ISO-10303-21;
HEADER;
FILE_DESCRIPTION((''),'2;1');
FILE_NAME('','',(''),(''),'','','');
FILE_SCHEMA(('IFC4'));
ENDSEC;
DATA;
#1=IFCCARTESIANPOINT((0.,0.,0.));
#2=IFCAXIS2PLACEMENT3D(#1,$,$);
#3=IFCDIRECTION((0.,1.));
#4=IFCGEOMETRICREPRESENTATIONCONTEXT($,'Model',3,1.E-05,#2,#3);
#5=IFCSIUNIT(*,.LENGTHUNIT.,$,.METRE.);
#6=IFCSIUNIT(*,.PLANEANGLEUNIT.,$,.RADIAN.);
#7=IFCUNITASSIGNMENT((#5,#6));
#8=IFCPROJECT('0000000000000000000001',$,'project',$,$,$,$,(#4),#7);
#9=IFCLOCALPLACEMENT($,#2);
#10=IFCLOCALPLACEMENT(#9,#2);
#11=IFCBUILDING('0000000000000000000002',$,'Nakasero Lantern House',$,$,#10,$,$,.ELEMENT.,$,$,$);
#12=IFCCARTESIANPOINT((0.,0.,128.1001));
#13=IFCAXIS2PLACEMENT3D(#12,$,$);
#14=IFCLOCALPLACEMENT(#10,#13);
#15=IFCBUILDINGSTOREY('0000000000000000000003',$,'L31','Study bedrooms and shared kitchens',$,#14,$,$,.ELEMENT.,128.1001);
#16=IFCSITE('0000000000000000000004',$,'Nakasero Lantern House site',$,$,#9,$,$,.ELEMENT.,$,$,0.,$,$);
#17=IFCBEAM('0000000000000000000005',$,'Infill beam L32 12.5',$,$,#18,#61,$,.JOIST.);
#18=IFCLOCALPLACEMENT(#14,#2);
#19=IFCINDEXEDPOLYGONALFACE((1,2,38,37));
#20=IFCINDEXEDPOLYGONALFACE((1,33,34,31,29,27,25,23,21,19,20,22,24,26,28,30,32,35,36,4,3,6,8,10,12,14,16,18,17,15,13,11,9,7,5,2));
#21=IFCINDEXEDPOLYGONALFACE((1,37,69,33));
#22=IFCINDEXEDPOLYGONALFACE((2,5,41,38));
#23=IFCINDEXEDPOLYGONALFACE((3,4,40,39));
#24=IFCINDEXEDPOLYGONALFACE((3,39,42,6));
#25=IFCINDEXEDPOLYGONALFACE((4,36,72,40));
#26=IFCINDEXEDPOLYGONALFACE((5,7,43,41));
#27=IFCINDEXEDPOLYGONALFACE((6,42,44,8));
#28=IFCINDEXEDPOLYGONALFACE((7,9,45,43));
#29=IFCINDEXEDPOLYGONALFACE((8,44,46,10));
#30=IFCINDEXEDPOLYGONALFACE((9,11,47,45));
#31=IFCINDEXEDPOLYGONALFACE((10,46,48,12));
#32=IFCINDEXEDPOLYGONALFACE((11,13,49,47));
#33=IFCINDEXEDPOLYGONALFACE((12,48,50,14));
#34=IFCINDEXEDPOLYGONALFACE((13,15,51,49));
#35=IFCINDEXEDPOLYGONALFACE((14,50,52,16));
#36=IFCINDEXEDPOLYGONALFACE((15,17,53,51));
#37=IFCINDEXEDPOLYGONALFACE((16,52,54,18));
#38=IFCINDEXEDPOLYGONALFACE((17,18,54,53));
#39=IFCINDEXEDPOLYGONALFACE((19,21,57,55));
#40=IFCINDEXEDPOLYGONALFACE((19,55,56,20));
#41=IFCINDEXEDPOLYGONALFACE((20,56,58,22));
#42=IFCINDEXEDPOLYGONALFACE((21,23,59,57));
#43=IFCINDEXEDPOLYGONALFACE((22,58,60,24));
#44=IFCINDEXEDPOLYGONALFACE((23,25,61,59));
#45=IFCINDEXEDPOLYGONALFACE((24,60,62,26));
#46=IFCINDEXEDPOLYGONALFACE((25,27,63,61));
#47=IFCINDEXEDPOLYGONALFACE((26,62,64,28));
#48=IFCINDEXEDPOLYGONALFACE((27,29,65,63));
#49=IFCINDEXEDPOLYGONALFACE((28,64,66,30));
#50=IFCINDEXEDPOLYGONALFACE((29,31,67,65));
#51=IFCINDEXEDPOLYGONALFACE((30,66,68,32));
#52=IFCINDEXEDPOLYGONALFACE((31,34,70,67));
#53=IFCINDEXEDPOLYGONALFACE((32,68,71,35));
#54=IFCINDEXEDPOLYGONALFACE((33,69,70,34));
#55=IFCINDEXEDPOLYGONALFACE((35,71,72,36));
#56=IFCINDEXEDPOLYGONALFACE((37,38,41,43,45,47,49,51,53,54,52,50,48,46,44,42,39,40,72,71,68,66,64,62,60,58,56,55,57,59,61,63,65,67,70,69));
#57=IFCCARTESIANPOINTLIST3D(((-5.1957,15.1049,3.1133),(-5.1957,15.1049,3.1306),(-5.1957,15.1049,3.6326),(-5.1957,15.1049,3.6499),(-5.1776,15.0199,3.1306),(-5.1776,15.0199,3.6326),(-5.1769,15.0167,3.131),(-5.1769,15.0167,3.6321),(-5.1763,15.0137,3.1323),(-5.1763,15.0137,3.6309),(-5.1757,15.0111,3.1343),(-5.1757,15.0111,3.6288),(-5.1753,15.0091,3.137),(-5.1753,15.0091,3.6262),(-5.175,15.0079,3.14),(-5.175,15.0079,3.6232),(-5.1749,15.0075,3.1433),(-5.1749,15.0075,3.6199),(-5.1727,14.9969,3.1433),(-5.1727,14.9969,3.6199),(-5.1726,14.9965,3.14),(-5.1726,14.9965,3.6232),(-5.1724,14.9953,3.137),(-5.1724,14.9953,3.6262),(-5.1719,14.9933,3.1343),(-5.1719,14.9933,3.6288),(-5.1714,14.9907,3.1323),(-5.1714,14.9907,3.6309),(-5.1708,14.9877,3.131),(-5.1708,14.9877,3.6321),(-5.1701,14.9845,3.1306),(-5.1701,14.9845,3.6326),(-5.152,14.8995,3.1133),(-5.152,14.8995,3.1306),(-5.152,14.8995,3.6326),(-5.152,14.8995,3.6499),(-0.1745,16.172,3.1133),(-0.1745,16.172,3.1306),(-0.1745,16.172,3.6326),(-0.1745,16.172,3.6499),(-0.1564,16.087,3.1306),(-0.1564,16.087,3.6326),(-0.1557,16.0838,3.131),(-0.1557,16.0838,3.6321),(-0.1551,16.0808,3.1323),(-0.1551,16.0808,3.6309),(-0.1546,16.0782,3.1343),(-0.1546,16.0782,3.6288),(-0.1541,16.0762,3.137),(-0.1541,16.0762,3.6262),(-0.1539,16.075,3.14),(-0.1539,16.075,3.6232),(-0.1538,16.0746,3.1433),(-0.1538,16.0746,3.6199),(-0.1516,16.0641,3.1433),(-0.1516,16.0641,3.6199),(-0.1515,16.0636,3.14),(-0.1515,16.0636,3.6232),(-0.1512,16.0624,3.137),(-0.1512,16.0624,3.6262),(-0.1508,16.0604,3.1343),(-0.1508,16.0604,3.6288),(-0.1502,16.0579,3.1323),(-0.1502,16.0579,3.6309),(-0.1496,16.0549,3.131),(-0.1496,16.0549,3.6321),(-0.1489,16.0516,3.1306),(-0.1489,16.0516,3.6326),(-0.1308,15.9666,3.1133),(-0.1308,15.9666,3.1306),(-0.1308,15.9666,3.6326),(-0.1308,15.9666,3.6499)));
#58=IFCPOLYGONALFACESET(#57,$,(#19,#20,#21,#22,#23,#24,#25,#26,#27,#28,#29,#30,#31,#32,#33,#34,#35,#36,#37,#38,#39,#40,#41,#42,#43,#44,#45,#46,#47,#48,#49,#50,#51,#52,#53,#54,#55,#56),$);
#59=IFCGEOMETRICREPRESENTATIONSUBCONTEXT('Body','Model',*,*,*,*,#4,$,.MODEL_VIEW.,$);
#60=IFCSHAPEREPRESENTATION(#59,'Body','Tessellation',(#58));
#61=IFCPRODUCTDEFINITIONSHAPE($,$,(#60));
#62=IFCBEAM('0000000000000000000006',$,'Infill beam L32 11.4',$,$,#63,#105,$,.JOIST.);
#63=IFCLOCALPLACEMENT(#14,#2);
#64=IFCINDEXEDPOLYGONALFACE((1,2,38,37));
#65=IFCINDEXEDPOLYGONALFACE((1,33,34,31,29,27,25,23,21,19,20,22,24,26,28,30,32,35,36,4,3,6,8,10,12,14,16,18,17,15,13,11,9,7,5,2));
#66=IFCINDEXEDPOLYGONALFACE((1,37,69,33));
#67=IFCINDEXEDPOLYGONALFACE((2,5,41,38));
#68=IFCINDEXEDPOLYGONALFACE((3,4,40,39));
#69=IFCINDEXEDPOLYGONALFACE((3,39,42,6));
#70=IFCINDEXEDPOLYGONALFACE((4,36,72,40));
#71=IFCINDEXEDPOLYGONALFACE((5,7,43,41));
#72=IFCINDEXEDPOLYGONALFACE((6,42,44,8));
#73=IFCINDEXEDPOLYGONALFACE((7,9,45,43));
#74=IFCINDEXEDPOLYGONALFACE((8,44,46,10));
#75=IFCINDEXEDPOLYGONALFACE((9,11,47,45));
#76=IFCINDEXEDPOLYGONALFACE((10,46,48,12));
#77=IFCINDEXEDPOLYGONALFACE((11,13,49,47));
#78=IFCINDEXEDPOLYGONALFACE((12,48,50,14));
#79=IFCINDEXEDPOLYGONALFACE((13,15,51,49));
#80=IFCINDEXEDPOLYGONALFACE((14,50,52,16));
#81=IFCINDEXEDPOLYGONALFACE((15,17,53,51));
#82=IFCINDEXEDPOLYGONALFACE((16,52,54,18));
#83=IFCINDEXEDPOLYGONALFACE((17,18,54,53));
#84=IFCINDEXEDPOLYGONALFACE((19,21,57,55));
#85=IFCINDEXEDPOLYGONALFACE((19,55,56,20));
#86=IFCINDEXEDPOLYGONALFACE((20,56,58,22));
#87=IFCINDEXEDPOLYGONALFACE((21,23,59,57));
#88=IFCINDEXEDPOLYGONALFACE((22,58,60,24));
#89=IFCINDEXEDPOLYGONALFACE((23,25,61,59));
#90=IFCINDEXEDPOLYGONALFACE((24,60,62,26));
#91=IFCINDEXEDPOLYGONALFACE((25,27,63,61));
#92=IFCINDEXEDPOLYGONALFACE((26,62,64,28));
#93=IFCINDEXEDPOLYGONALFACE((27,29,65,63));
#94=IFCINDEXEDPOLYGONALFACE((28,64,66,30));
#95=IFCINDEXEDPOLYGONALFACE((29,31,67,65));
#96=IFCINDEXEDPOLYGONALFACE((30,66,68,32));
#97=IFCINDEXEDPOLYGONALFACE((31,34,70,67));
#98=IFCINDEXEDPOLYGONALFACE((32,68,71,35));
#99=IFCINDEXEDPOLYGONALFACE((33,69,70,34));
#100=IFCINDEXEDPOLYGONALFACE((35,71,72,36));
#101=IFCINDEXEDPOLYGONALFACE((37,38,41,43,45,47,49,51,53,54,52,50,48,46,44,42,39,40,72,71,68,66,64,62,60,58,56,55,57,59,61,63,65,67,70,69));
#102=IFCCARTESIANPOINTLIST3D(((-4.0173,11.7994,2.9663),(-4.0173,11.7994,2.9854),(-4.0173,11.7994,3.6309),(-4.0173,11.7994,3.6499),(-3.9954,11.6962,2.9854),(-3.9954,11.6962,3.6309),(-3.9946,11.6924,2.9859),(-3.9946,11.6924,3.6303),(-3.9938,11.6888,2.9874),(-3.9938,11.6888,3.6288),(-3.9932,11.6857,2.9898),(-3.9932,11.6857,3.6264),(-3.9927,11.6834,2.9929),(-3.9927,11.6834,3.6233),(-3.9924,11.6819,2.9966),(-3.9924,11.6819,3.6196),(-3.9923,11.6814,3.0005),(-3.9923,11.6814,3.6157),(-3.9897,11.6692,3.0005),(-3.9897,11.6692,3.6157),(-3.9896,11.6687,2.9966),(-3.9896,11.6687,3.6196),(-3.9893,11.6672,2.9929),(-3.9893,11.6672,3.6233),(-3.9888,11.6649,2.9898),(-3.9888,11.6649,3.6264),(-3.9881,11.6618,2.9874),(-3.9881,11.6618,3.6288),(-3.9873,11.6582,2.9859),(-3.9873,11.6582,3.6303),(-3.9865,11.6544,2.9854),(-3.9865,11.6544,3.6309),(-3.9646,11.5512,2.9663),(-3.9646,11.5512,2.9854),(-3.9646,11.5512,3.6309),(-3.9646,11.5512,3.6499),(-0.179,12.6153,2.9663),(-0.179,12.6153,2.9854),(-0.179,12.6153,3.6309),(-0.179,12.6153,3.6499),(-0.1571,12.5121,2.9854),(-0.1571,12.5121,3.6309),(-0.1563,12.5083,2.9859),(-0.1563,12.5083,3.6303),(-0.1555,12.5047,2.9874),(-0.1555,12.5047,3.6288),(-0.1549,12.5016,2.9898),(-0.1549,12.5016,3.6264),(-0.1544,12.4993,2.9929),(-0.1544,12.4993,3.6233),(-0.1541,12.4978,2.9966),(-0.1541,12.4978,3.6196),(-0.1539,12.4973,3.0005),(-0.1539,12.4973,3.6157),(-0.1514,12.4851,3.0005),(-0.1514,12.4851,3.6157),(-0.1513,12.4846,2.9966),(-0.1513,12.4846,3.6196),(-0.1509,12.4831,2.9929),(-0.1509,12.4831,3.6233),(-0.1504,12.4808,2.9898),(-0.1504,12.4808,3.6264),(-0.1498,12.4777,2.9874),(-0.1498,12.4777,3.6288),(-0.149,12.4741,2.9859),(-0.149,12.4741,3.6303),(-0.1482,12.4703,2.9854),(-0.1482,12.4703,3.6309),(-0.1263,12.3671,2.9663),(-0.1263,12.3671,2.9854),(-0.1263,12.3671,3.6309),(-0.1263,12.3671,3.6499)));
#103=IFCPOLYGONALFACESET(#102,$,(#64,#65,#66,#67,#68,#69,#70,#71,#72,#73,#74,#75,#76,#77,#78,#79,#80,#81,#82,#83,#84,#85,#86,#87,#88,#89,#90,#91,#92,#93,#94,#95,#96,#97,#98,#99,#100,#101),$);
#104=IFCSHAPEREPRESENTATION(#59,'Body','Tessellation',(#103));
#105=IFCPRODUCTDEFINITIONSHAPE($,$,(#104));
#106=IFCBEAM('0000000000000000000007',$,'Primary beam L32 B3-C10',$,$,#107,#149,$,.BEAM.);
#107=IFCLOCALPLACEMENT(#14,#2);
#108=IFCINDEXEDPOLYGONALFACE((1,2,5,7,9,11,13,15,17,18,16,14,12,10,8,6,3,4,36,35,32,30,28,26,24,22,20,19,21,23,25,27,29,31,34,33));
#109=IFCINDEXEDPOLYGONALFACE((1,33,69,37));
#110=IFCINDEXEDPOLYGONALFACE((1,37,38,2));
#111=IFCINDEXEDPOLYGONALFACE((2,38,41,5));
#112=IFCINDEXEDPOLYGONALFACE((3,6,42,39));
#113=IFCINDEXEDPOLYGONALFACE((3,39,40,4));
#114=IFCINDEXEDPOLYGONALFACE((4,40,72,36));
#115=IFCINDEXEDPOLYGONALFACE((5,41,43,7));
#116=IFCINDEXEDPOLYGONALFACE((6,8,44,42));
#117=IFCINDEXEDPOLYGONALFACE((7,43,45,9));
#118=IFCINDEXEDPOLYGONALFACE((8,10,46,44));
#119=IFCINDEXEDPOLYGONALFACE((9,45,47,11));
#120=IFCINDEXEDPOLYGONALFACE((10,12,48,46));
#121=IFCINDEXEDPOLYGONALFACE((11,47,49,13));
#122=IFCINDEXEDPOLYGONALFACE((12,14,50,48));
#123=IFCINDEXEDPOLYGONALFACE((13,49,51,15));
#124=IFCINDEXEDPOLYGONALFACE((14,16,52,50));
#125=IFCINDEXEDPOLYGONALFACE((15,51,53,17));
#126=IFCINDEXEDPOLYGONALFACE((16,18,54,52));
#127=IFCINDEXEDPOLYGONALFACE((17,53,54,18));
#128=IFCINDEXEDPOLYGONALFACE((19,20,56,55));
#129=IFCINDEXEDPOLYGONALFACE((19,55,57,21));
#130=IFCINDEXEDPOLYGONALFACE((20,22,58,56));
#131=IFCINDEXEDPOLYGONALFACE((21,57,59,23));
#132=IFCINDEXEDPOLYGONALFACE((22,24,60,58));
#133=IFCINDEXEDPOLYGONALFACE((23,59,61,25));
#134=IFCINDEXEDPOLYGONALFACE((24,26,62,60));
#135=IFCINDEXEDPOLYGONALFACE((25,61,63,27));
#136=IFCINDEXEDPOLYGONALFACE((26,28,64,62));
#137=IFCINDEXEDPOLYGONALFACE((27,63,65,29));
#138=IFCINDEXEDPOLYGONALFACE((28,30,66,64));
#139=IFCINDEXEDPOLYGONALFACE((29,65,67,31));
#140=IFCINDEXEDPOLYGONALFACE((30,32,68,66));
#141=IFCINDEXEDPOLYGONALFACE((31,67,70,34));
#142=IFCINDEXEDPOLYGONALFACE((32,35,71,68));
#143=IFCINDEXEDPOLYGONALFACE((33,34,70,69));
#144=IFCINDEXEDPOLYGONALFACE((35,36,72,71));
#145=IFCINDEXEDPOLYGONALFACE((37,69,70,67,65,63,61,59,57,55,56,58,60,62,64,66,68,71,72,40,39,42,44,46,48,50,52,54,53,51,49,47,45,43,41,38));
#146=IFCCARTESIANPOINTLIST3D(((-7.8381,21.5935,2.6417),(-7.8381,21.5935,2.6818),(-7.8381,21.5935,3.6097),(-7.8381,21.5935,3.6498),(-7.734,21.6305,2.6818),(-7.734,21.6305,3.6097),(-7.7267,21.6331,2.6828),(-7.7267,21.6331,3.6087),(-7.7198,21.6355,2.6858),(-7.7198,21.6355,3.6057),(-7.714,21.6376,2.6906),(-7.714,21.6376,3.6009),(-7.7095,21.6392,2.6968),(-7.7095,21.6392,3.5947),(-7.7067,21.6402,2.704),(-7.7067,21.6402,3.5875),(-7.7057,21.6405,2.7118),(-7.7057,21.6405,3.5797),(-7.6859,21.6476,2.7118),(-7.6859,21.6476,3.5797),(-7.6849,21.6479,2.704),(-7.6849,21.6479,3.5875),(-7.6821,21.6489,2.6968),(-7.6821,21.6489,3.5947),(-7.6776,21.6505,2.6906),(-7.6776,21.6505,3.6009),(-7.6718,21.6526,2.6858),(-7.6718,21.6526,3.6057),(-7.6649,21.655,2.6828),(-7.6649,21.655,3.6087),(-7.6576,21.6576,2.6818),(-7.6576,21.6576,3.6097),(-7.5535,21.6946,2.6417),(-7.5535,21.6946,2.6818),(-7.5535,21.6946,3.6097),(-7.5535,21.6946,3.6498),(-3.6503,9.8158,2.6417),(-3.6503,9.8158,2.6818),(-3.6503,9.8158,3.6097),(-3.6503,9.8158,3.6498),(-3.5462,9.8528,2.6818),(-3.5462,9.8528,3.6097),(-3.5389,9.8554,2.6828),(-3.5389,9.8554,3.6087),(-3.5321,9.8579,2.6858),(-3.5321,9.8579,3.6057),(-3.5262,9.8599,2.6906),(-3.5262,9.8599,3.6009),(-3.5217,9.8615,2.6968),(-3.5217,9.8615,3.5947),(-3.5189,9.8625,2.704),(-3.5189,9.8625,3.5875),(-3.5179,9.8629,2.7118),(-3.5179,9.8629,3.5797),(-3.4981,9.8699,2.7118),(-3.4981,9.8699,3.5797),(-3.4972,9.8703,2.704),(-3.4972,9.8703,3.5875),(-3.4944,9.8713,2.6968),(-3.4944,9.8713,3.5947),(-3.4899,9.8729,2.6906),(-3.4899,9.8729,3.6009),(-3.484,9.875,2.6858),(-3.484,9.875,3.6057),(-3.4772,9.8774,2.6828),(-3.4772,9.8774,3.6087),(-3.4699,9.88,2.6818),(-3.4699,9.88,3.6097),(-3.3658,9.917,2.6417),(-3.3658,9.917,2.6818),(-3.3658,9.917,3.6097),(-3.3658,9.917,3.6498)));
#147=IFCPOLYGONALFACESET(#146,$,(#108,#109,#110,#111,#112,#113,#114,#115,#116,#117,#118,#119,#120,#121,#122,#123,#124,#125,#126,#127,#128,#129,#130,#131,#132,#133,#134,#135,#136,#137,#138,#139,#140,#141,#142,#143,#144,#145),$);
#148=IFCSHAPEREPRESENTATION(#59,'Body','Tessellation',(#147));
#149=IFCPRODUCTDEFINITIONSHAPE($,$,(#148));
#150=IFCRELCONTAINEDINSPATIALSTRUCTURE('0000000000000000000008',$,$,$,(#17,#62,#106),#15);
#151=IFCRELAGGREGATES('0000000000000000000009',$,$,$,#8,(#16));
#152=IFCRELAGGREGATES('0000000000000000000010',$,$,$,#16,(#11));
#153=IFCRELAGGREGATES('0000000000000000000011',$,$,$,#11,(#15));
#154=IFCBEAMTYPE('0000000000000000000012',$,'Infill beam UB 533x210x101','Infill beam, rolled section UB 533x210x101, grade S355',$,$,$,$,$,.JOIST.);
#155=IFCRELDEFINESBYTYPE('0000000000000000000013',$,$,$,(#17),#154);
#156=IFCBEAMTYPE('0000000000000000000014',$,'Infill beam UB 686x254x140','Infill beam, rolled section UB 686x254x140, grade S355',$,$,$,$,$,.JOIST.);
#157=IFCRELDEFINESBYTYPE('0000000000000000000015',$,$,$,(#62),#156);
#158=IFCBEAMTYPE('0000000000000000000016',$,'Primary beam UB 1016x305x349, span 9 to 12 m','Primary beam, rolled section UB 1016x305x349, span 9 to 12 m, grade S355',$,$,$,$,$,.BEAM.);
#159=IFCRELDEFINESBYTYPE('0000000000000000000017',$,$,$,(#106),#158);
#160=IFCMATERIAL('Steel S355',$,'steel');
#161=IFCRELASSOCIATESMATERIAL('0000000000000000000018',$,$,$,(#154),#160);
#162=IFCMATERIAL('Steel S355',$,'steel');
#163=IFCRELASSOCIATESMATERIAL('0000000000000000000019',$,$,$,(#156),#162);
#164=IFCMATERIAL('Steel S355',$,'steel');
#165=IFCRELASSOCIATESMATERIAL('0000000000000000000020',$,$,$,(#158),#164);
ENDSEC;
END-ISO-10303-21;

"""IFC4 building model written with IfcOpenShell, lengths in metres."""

from ifc_helpers import new_model, si_unit, direction, frame, origin, origin_2d, place, context, subcontext, project, spatial, i_section, extrude, material, material_profile, profile_set, type_object, element, save


model = new_model("IFC4")

# Units and contexts
model_context = context("Model", 3, precision=1e-05, world=origin(), true_north=direction((0.0, 1.0)))
body_context = subcontext(model_context, "Body", "Model", "MODEL_VIEW")
ifc_project = project(units=[si_unit("LENGTHUNIT", "METRE"), si_unit("PLANEANGLEUNIT", "RADIAN")], contexts=[model_context])

# Site, building, storey
site_placement = place(None, origin())
site = spatial("IfcSite", under=ifc_project, at=site_placement, Name="Nakasero Lantern House site", CompositionType="ELEMENT", RefElevation=0.0)
building_placement = place(site_placement, origin())
building = spatial("IfcBuilding", under=site, at=building_placement, Name="Nakasero Lantern House", CompositionType="ELEMENT")
storey_placement = place(building_placement, frame((0.0, 0.0, 128.1001)))
storey = spatial("IfcBuildingStorey", under=building, at=storey_placement, Name="L31", Description="Study bedrooms and shared kitchens", CompositionType="ELEMENT", Elevation=128.1001)

# Beams
ifc_material_1 = material(Name="Steel S355", Category="steel")
ifc_material_profile_1 = material_profile(ifc_material_1, i_section(OverallWidth=0.21, OverallDepth=0.5366, WebThickness=0.0107, FlangeThickness=0.0173, FilletRadius=0.0127, at=origin_2d()), Name="UB 533x210x101")
ifc_profile_set_1 = profile_set([ifc_material_profile_1], Name="Steel S355")
beam_type_1 = type_object("IfcBeamType", Name="Infill beam UB 533x210x101", Description="Infill beam, rolled section UB 533x210x101, grade S355", PredefinedType="JOIST", material=ifc_profile_set_1)
beam_1_placement = place(storey_placement, frame((-5.1738, 15.0022, 3.3816), z_axis=(0.978154, 0.207882, 0.0), x_axis=(-0.207882, 0.978154, 0.0)))
element("IfcBeam", 1, at=beam_1_placement, inside=storey, type_object=beam_type_1, Name="Infill beam L32 12.5", PredefinedType="JOIST", context=body_context, shape_type="SweptSolid", body=[
    extrude(i_section(OverallWidth=0.21, OverallDepth=0.5366, WebThickness=0.0107, FlangeThickness=0.0173, FilletRadius=0.0127, at=origin_2d()), origin(), (0.0, 0.0, 1.0), 5.1333),
])
ifc_material_2 = material(Name="Steel S355", Category="steel")
ifc_material_profile_2 = material_profile(ifc_material_2, i_section(OverallWidth=0.2537, OverallDepth=0.6836, WebThickness=0.0125, FlangeThickness=0.019, FilletRadius=0.0151, at=origin_2d()), Name="UB 686x254x140")
ifc_profile_set_2 = profile_set([ifc_material_profile_2], Name="Steel S355")
beam_type_2 = type_object("IfcBeamType", Name="Infill beam UB 686x254x140", Description="Infill beam, rolled section UB 686x254x140, grade S355", PredefinedType="JOIST", material=ifc_profile_set_2)
beam_2_placement = place(storey_placement, frame((-3.991, 11.6753, 3.3081), z_axis=(0.978145, 0.207923, 0.0), x_axis=(-0.207923, 0.978145, 0.0)))
element("IfcBeam", 2, at=beam_2_placement, inside=storey, type_object=beam_type_2, Name="Infill beam L32 11.4", PredefinedType="JOIST", context=body_context, shape_type="SweptSolid", body=[
    extrude(i_section(OverallWidth=0.2537, OverallDepth=0.6836, WebThickness=0.0125, FlangeThickness=0.019, FilletRadius=0.0151, at=origin_2d()), origin(), (0.0, 0.0, 1.0), 3.9241),
])
ifc_material_3 = material(Name="Steel S355", Category="steel")
ifc_material_profile_3 = material_profile(ifc_material_3, i_section(OverallWidth=0.302, OverallDepth=1.0081, WebThickness=0.021, FlangeThickness=0.04, FilletRadius=0.03, at=origin_2d()), Name="UB 1016x305x349")
ifc_profile_set_3 = profile_set([ifc_material_profile_3], Name="Steel S355")
beam_type_3 = type_object("IfcBeamType", Name="Primary beam UB 1016x305x349, span 9 to 12 m", Description="Primary beam, rolled section UB 1016x305x349, span 9 to 12 m, grade S355", PredefinedType="BEAM", material=ifc_profile_set_3)
beam_3_placement = place(storey_placement, frame((-7.6958, 21.644, 3.1458), z_axis=(0.335021, -0.942211, 0.0), x_axis=(0.942211, 0.335021, 0.0)))
element("IfcBeam", 3, at=beam_3_placement, inside=storey, type_object=beam_type_3, Name="Primary beam L32 B3-C10", PredefinedType="BEAM", context=body_context, shape_type="SweptSolid", body=[
    extrude(i_section(OverallWidth=0.302, OverallDepth=1.0081, WebThickness=0.021, FlangeThickness=0.04, FilletRadius=0.03, at=origin_2d()), origin(), (0.0, 0.0, 1.0), 12.5),
])

save(model, "model.ifc")
